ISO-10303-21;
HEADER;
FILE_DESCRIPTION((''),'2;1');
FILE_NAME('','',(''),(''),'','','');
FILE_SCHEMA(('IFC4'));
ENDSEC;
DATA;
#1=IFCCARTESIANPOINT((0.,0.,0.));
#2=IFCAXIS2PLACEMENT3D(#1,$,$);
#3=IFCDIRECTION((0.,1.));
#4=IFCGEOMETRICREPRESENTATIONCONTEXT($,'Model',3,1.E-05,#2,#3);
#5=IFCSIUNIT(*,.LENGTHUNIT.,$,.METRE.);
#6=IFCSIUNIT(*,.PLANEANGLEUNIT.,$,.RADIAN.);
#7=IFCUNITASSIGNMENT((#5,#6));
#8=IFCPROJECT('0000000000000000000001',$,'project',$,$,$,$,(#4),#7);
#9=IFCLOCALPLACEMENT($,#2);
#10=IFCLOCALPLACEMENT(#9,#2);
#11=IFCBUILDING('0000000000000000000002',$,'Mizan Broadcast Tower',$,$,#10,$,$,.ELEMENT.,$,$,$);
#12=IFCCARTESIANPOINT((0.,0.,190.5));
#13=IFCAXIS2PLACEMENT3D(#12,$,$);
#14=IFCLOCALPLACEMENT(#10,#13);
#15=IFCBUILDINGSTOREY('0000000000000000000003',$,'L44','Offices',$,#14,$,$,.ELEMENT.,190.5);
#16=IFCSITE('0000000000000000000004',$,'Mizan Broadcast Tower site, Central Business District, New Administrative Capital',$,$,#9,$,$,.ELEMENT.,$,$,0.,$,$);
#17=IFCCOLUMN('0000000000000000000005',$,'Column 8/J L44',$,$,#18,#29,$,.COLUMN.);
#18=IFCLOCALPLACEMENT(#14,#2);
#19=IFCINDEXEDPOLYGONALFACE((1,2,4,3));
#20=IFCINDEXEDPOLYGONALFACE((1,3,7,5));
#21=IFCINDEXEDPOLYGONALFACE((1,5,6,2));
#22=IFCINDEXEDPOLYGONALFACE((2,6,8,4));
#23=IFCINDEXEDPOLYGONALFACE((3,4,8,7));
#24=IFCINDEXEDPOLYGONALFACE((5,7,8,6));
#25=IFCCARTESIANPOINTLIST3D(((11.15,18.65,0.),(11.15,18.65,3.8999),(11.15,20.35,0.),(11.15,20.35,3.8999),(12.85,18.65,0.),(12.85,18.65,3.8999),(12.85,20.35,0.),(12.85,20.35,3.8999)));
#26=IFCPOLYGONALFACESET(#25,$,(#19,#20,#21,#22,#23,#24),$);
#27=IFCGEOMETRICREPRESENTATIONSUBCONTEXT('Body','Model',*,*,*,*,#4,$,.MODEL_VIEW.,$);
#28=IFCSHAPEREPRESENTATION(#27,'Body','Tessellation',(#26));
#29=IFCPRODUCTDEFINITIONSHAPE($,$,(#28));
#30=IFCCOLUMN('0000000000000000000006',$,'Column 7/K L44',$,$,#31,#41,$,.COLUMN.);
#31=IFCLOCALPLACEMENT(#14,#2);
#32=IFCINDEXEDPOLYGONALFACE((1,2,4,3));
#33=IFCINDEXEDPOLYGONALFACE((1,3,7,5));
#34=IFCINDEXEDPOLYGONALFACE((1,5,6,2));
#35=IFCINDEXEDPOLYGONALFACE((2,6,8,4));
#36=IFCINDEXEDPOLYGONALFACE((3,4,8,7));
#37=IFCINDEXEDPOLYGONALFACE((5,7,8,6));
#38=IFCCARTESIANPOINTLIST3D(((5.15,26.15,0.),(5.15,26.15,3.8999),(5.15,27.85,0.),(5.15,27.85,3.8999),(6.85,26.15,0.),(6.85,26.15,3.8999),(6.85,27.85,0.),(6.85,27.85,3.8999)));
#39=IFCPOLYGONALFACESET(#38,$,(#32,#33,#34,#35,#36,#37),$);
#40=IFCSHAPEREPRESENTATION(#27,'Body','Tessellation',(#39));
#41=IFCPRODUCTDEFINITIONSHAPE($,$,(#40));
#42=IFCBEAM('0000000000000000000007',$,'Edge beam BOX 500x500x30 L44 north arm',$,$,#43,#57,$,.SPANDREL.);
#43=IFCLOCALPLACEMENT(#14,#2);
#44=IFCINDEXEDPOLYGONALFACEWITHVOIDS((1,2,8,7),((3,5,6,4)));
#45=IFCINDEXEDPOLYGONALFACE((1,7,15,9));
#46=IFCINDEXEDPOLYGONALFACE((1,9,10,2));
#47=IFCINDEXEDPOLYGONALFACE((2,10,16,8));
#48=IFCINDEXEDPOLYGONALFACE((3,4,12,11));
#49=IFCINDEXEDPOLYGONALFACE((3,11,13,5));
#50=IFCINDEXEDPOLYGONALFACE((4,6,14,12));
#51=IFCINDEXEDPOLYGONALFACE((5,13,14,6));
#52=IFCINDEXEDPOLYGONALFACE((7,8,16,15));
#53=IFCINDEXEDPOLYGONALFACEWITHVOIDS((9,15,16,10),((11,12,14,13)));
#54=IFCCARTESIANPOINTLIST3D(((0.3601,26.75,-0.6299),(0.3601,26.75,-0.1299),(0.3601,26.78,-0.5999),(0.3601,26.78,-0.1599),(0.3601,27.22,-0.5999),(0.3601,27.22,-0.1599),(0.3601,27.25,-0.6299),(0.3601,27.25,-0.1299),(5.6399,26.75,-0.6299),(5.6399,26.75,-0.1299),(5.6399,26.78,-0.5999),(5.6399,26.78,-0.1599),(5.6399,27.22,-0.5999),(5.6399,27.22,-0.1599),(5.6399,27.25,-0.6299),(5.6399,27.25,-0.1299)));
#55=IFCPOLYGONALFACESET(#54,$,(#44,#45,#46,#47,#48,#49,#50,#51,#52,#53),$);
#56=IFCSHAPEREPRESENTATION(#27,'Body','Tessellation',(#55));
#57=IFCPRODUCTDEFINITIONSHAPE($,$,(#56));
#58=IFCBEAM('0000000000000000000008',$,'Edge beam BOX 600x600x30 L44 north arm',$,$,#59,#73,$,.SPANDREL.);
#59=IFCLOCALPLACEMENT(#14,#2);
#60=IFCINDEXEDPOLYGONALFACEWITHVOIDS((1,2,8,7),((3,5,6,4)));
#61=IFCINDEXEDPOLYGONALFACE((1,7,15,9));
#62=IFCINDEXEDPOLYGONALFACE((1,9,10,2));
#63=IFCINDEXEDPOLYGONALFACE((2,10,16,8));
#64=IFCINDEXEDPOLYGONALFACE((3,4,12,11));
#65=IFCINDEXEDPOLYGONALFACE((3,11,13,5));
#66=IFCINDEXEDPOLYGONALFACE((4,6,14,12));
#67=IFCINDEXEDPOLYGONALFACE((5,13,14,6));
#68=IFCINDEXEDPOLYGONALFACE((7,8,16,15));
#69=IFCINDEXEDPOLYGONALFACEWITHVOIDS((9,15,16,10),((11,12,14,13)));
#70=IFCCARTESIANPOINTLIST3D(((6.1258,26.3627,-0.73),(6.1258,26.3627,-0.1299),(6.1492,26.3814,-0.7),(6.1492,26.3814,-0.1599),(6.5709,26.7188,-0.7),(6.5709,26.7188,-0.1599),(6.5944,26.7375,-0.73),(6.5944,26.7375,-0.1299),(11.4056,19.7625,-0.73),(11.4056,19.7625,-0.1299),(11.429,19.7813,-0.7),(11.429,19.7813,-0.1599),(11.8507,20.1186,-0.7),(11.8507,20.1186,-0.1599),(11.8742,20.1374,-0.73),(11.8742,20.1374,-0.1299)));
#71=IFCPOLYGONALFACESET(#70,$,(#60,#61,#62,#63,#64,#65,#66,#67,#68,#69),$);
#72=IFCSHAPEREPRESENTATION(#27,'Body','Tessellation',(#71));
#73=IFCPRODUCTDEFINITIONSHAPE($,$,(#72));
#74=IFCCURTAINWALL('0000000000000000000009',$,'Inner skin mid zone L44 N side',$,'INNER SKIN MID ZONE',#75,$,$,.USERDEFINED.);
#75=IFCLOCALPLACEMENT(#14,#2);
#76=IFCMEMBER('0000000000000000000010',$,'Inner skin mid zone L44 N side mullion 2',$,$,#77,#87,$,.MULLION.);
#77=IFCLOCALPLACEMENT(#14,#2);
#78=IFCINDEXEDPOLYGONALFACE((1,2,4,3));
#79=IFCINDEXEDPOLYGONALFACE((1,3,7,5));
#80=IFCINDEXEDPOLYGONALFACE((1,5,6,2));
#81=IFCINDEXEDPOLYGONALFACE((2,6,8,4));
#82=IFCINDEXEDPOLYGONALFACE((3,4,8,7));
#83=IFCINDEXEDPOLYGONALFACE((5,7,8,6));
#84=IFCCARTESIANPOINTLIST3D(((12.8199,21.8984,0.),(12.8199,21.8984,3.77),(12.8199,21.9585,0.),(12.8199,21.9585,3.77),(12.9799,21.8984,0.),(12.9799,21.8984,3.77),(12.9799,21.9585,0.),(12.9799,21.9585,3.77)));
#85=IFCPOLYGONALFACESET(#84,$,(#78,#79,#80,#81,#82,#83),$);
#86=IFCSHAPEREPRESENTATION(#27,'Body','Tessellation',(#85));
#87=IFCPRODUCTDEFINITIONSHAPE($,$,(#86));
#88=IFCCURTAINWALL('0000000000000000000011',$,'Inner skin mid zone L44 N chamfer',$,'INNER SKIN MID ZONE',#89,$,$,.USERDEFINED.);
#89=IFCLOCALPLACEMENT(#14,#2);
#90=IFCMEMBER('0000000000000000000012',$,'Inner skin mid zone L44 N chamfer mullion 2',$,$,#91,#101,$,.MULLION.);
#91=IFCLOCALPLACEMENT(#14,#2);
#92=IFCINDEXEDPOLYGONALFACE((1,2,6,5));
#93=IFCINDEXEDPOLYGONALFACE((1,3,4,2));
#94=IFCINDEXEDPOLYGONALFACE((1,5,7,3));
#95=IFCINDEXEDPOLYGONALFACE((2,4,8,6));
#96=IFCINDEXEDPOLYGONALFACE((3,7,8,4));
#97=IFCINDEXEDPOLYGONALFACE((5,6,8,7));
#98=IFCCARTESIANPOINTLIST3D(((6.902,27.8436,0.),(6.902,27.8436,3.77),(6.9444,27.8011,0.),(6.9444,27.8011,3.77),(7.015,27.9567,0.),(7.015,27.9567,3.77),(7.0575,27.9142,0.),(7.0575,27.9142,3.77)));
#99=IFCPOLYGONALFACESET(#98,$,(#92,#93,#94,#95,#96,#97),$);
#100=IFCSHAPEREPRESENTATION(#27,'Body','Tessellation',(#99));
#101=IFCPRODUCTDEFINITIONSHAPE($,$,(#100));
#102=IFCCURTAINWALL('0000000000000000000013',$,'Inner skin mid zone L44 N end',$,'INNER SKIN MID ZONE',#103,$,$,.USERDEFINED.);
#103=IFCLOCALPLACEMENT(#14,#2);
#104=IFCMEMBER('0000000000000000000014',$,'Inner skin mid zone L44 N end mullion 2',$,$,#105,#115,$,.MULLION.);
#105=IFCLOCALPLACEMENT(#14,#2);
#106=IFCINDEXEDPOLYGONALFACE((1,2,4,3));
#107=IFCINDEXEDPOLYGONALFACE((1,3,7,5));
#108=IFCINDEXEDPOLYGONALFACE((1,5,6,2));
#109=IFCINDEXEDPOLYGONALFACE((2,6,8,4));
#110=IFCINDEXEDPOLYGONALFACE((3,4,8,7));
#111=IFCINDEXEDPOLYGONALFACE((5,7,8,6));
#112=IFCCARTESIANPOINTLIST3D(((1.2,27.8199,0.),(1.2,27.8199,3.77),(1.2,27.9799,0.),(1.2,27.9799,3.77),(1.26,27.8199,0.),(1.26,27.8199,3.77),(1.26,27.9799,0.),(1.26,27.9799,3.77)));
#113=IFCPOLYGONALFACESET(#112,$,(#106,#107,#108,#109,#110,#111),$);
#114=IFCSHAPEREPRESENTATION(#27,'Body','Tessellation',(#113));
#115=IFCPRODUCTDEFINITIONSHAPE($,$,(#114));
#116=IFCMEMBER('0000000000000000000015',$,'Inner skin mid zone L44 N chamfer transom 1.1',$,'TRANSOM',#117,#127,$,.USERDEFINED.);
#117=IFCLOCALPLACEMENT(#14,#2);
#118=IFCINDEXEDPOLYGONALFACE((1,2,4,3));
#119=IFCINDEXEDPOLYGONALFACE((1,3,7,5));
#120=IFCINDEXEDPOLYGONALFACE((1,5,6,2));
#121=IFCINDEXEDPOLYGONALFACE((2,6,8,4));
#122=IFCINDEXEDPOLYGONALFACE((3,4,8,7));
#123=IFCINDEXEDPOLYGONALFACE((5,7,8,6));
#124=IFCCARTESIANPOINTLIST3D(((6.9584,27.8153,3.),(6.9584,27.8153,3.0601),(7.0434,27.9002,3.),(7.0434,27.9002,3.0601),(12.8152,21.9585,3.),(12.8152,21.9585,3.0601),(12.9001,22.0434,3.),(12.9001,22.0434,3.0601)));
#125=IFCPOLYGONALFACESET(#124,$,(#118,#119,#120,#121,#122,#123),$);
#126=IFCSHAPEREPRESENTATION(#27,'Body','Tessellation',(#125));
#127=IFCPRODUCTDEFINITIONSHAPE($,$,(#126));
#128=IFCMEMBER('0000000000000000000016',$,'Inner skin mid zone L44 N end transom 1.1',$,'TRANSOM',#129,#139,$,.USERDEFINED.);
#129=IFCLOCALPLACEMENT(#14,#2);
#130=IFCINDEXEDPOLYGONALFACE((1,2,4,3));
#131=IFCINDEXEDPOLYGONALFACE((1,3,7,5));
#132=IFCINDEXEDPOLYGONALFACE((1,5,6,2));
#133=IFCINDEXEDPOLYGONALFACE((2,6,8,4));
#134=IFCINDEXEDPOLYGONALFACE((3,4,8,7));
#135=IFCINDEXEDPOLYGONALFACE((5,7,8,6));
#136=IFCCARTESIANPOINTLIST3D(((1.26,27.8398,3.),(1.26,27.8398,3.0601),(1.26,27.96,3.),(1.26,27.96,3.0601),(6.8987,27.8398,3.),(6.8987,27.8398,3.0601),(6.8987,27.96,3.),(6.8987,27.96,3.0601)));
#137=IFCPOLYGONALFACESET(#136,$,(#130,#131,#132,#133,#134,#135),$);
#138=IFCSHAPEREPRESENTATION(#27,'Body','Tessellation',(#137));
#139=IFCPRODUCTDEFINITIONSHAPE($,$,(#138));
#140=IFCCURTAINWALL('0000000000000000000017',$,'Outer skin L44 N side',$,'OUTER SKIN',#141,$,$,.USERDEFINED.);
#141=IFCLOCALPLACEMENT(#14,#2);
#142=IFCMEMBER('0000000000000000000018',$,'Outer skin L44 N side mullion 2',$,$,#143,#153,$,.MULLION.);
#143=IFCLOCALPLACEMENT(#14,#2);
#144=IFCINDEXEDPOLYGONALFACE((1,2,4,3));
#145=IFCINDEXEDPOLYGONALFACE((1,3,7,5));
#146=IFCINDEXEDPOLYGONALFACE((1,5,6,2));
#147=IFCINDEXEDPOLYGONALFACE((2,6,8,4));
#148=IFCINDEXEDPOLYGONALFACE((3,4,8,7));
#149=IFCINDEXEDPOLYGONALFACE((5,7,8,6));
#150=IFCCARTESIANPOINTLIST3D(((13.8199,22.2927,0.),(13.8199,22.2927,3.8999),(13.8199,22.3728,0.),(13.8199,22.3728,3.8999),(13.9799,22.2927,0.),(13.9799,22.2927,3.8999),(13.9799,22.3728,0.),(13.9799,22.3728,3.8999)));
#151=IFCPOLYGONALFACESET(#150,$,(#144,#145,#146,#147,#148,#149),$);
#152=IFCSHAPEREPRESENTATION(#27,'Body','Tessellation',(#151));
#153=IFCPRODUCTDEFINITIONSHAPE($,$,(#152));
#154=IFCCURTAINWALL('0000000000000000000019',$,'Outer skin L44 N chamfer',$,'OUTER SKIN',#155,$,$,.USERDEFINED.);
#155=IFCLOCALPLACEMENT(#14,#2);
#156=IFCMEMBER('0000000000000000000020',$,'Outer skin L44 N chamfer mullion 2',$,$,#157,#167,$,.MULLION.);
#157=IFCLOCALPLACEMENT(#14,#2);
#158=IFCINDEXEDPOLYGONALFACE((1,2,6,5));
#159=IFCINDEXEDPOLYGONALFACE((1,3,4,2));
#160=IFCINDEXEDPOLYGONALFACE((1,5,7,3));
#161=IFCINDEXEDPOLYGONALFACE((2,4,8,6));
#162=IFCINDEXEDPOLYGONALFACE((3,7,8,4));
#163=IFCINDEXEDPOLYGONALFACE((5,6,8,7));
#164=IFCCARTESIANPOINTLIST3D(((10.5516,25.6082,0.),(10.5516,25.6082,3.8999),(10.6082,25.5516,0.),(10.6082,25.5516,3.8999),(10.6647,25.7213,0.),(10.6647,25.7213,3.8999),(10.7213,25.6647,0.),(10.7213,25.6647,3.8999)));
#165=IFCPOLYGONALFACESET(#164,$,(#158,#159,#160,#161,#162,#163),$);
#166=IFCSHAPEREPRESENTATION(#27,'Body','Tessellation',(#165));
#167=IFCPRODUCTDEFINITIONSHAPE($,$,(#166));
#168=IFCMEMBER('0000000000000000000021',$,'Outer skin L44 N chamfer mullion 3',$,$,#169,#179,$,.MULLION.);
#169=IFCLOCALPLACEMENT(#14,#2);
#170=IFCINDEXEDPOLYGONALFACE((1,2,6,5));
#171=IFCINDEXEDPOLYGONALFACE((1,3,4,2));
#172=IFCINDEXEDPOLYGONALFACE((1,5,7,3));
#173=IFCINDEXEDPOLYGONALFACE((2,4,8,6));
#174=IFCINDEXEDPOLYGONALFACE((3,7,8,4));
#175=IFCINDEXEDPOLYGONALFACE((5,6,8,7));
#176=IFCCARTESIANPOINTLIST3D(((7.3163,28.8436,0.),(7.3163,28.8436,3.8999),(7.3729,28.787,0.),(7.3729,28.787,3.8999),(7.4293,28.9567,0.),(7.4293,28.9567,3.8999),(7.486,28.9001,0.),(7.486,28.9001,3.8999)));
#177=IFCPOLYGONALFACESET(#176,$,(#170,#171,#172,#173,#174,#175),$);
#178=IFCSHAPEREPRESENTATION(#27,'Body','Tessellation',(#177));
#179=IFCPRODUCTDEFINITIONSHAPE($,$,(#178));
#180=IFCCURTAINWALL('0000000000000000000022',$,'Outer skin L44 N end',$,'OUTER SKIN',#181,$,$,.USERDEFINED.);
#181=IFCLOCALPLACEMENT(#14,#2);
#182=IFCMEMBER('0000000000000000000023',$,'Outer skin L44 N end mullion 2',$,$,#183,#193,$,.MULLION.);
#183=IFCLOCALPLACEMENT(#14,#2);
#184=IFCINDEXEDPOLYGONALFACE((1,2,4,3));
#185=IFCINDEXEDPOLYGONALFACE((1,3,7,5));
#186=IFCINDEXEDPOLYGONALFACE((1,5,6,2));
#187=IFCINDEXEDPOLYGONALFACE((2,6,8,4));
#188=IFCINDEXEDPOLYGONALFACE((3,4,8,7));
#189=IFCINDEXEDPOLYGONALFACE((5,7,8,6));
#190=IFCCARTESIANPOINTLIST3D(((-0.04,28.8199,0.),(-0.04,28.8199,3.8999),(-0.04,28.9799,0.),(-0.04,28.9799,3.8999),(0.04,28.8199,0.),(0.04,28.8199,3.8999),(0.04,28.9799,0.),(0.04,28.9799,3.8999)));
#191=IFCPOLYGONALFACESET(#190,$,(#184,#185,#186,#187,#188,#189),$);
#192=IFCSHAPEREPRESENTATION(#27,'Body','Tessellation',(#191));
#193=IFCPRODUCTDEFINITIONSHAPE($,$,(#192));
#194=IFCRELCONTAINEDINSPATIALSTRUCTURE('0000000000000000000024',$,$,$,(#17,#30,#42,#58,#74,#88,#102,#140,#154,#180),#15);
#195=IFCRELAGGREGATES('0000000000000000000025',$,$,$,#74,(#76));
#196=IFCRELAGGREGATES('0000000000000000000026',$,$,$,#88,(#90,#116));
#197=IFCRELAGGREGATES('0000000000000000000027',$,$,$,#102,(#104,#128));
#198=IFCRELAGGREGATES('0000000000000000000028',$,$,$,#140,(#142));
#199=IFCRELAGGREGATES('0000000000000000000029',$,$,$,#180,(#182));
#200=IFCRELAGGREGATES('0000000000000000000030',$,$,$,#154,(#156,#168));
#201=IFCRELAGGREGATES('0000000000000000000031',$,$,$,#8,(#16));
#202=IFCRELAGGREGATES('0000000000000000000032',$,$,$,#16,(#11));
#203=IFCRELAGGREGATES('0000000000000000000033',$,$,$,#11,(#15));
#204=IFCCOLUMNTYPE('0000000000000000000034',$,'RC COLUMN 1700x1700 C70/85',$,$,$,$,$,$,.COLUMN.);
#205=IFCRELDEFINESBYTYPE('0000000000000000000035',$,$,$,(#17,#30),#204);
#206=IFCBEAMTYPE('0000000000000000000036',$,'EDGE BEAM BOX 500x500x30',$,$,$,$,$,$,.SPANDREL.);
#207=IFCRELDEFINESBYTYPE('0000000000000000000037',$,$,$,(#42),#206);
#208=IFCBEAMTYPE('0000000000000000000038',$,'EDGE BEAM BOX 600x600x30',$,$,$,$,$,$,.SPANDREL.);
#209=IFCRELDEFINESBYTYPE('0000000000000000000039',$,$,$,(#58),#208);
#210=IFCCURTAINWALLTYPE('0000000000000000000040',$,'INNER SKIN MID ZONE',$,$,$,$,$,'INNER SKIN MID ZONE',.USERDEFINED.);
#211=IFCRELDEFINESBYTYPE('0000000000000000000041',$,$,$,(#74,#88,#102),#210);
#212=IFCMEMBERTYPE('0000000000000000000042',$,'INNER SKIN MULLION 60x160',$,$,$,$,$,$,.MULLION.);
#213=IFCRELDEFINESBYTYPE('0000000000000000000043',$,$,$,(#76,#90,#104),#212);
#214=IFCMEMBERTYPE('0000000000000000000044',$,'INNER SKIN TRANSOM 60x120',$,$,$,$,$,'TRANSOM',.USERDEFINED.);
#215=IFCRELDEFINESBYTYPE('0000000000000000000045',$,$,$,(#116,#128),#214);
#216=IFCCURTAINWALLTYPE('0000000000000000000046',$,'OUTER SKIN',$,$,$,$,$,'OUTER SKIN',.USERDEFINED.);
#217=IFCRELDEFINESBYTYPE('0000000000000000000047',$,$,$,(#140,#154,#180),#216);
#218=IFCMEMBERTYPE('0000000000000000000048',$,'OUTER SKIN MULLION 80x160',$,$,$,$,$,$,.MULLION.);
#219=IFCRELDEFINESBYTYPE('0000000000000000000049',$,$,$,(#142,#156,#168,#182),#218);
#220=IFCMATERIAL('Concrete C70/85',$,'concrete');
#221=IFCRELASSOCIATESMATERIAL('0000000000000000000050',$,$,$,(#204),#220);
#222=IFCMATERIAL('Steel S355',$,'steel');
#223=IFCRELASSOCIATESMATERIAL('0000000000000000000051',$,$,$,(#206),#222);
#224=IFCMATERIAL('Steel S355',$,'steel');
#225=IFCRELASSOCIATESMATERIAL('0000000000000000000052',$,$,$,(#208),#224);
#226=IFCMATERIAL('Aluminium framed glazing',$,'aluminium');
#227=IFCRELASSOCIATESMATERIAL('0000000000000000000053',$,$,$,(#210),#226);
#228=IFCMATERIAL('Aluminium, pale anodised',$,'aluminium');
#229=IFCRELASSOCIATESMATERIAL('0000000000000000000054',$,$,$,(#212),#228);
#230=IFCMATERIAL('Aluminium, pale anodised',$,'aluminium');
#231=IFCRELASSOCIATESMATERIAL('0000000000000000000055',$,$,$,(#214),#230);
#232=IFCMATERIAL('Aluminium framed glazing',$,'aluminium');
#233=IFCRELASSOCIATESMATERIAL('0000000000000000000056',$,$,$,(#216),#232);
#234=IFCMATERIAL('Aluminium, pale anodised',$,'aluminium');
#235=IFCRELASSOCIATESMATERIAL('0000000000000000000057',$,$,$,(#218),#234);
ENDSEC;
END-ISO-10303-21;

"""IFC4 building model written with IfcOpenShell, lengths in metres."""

from ifc_helpers import new_model, si_unit, direction, frame, origin, origin_2d, place, context, subcontext, project, spatial, rectangle, hollow_rectangle, extrude, material, material_profile, profile_set, type_object, element, aggregate, save


model = new_model("IFC4")

# Units and contexts
model_context = context("Model", 3, precision=1e-05, world=origin(), true_north=direction((0.0, 1.0)))
body_context = subcontext(model_context, "Body", "Model", "MODEL_VIEW")
ifc_project = project(units=[si_unit("LENGTHUNIT", "METRE"), si_unit("PLANEANGLEUNIT", "RADIAN")], contexts=[model_context])

# Site, building, storey
site_placement = place(None, origin())
site = spatial("IfcSite", under=ifc_project, at=site_placement, Name="Mizan Broadcast Tower site, Central Business District, New Administrative Capital", CompositionType="ELEMENT", RefElevation=0.0)
building_placement = place(site_placement, origin())
building = spatial("IfcBuilding", under=site, at=building_placement, Name="Mizan Broadcast Tower", CompositionType="ELEMENT")
storey_placement = place(building_placement, frame((0.0, 0.0, 190.5)))
storey = spatial("IfcBuildingStorey", under=building, at=storey_placement, Name="L44", Description="Offices", CompositionType="ELEMENT", Elevation=190.5)

# Columns
ifc_material_1 = material(Name="Concrete C70/85", Category="concrete")
ifc_material_profile_1 = material_profile(ifc_material_1, rectangle(XDim=1.7, YDim=1.7, at=origin_2d()), Name="RC 1700x1700")
ifc_profile_set_1 = profile_set([ifc_material_profile_1], Name="Concrete C70/85")
column_type = type_object("IfcColumnType", Name="RC COLUMN 1700x1700 C70/85", PredefinedType="COLUMN", material=ifc_profile_set_1)
for number, where, z_axis, x_axis, name in (
    (1, (12.0, 19.5, 0.0), (0.0, 0.0, 1.0), (1.0, 0.0, 0.0), "Column 8/J L44"),
    (2, (6.0, 27.0, 0.0), (0.0, 0.0, 1.0), (1.0, 0.0, 0.0), "Column 7/K L44"),
):
    element("IfcColumn", number, at=place(storey_placement, frame(where, z_axis=z_axis, x_axis=x_axis)), inside=storey, type_object=column_type, Name=name, PredefinedType="COLUMN", context=body_context, shape_type="SweptSolid", body=[
        extrude(rectangle(XDim=1.7, YDim=1.7, at=origin_2d()), origin(), (0.0, 0.0, 1.0), 3.8999),
    ])

# Beams
ifc_material_2 = material(Name="Steel S355", Category="steel")
ifc_material_profile_2 = material_profile(ifc_material_2, hollow_rectangle(XDim=0.5, YDim=0.5, WallThickness=0.03, at=origin_2d()), Name="BOX 500x500x30")
ifc_profile_set_2 = profile_set([ifc_material_profile_2], Name="Steel S355")
beam_type_1 = type_object("IfcBeamType", Name="EDGE BEAM BOX 500x500x30", PredefinedType="SPANDREL", material=ifc_profile_set_2)
beam_1_placement = place(storey_placement, frame((5.6399, 27.0, -0.3799), z_axis=(-1.0, 0.0, 0.0), x_axis=(0.0, -1.0, 0.0)))
element("IfcBeam", 3, at=beam_1_placement, inside=storey, type_object=beam_type_1, Name="Edge beam BOX 500x500x30 L44 north arm", PredefinedType="SPANDREL", context=body_context, shape_type="SweptSolid", body=[
    extrude(hollow_rectangle(XDim=0.5, YDim=0.5, WallThickness=0.03, at=origin_2d()), origin(), (0.0, 0.0, 1.0), 5.2798),
])
ifc_material_3 = material(Name="Steel S355", Category="steel")
ifc_material_profile_3 = material_profile(ifc_material_3, hollow_rectangle(XDim=0.6001, YDim=0.6001, WallThickness=0.03, at=origin_2d()), Name="BOX 600x600x30")
ifc_profile_set_3 = profile_set([ifc_material_profile_3], Name="Steel S355")
beam_type_2 = type_object("IfcBeamType", Name="EDGE BEAM BOX 600x600x30", PredefinedType="SPANDREL", material=ifc_profile_set_3)
beam_2_placement = place(storey_placement, frame((11.6399, 19.95, -0.4299), z_axis=(-0.624674, 0.780886, 0.0), x_axis=(-0.780886, -0.624674, 0.0)))
element("IfcBeam", 4, at=beam_2_placement, inside=storey, type_object=beam_type_2, Name="Edge beam BOX 600x600x30 L44 north arm", PredefinedType="SPANDREL", context=body_context, shape_type="SweptSolid", body=[
    extrude(hollow_rectangle(XDim=0.6001, YDim=0.6001, WallThickness=0.03, at=origin_2d()), origin(), (0.0, 0.0, 1.0), 8.4521),
])

# Curtain walls, members
ifc_material_4 = material(Name="Aluminium framed glazing", Category="aluminium")
curtain_wall_type_1 = type_object("IfcCurtainWallType", Name="INNER SKIN MID ZONE", ElementType="INNER SKIN MID ZONE", PredefinedType="USERDEFINED", material=ifc_material_4)
curtain_wall_1_placement = place(storey_placement, origin())
curtain_wall_1 = element("IfcCurtainWall", 5, at=curtain_wall_1_placement, inside=storey, type_object=curtain_wall_type_1, Name="Inner skin mid zone L44 N side", ObjectType="INNER SKIN MID ZONE", PredefinedType="USERDEFINED")
ifc_material_5 = material(Name="Aluminium, pale anodised", Category="aluminium")
ifc_material_profile_4 = material_profile(ifc_material_5, rectangle(XDim=0.1599, YDim=0.0601, at=origin_2d()), Name="MULLION 160x60")
ifc_profile_set_4 = profile_set([ifc_material_profile_4], Name="Aluminium, pale anodised")
member_type_1 = type_object("IfcMemberType", Name="INNER SKIN MULLION 60x160", PredefinedType="MULLION", material=ifc_profile_set_4)
member_1_placement = place(storey_placement, frame((12.8999, 21.9285, 0.0), z_axis=(0.0, 0.0, 1.0), x_axis=(-1.0, 0.0, 0.0)))
member_1 = element("IfcMember", 6, at=member_1_placement, type_object=member_type_1, Name="Inner skin mid zone L44 N side mullion 2", PredefinedType="MULLION", context=body_context, shape_type="SweptSolid", body=[
    extrude(rectangle(XDim=0.1599, YDim=0.0601, at=origin_2d()), origin(), (0.0, 0.0, 1.0), 3.77),
])
curtain_wall_2_placement = place(storey_placement, origin())
curtain_wall_2 = element("IfcCurtainWall", 7, at=curtain_wall_2_placement, inside=storey, type_object=curtain_wall_type_1, Name="Inner skin mid zone L44 N chamfer", ObjectType="INNER SKIN MID ZONE", PredefinedType="USERDEFINED")
member_2_placement = place(storey_placement, frame((6.9797, 27.8789, 0.0), z_axis=(0.0, 0.0, 1.0), x_axis=(-0.707107, -0.707107, 0.0)))
member_2 = element("IfcMember", 8, at=member_2_placement, type_object=member_type_1, Name="Inner skin mid zone L44 N chamfer mullion 2", PredefinedType="MULLION", context=body_context, shape_type="SweptSolid", body=[
    extrude(rectangle(XDim=0.1599, YDim=0.0601, at=origin_2d()), origin(), (0.0, 0.0, 1.0), 3.77),
])
curtain_wall_3_placement = place(storey_placement, origin())
curtain_wall_3 = element("IfcCurtainWall", 9, at=curtain_wall_3_placement, inside=storey, type_object=curtain_wall_type_1, Name="Inner skin mid zone L44 N end", ObjectType="INNER SKIN MID ZONE", PredefinedType="USERDEFINED")
member_3_placement = place(storey_placement, frame((1.23, 27.8999, 0.0), z_axis=(0.0, 0.0, 1.0), x_axis=(0.0, -1.0, 0.0)))
member_3 = element("IfcMember", 10, at=member_3_placement, type_object=member_type_1, Name="Inner skin mid zone L44 N end mullion 2", PredefinedType="MULLION", context=body_context, shape_type="SweptSolid", body=[
    extrude(rectangle(XDim=0.1599, YDim=0.0601, at=origin_2d()), origin(), (0.0, 0.0, 1.0), 3.77),
])

# Members
ifc_material_6 = material(Name="Aluminium, pale anodised", Category="aluminium")
ifc_material_profile_5 = material_profile(ifc_material_6, rectangle(XDim=0.1201, YDim=0.0601, at=origin_2d()), Name="TRANSOM 120x60")
ifc_profile_set_5 = profile_set([ifc_material_profile_5], Name="Aluminium, pale anodised")
member_type_2 = type_object("IfcMemberType", Name="INNER SKIN TRANSOM 60x120", ElementType="TRANSOM", PredefinedType="USERDEFINED", material=ifc_profile_set_5)
member_4_placement = place(storey_placement, frame((12.8577, 22.001, 3.03), z_axis=(-0.707107, 0.707107, 0.0), x_axis=(-0.707107, -0.707107, 0.0)))
member_4 = element("IfcMember", 11, at=member_4_placement, type_object=member_type_2, Name="Inner skin mid zone L44 N chamfer transom 1.1", ObjectType="TRANSOM", PredefinedType="USERDEFINED", context=body_context, shape_type="SweptSolid", body=[
    extrude(rectangle(XDim=0.1201, YDim=0.0601, at=origin_2d()), origin(), (0.0, 0.0, 1.0), 8.2827),
])
member_5_placement = place(storey_placement, frame((6.8987, 27.8999, 3.03), z_axis=(-1.0, 0.0, 0.0), x_axis=(0.0, -1.0, 0.0)))
member_5 = element("IfcMember", 12, at=member_5_placement, type_object=member_type_2, Name="Inner skin mid zone L44 N end transom 1.1", ObjectType="TRANSOM", PredefinedType="USERDEFINED", context=body_context, shape_type="SweptSolid", body=[
    extrude(rectangle(XDim=0.1201, YDim=0.0601, at=origin_2d()), origin(), (0.0, 0.0, 1.0), 5.6387),
])

# Curtain wall, member
ifc_material_7 = material(Name="Aluminium framed glazing", Category="aluminium")
curtain_wall_type_2 = type_object("IfcCurtainWallType", Name="OUTER SKIN", ElementType="OUTER SKIN", PredefinedType="USERDEFINED", material=ifc_material_7)
curtain_wall_4_placement = place(storey_placement, origin())
curtain_wall_4 = element("IfcCurtainWall", 13, at=curtain_wall_4_placement, inside=storey, type_object=curtain_wall_type_2, Name="Outer skin L44 N side", ObjectType="OUTER SKIN", PredefinedType="USERDEFINED")
ifc_material_8 = material(Name="Aluminium, pale anodised", Category="aluminium")
ifc_material_profile_6 = material_profile(ifc_material_8, rectangle(XDim=0.1599, YDim=0.0801, at=origin_2d()), Name="MULLION 160x80")
ifc_profile_set_6 = profile_set([ifc_material_profile_6], Name="Aluminium, pale anodised")
member_type_3 = type_object("IfcMemberType", Name="OUTER SKIN MULLION 80x160", PredefinedType="MULLION", material=ifc_profile_set_6)
member_6_placement = place(storey_placement, frame((13.8999, 22.3328, 0.0), z_axis=(0.0, 0.0, 1.0), x_axis=(-1.0, 0.0, 0.0)))
member_6 = element("IfcMember", 14, at=member_6_placement, type_object=member_type_3, Name="Outer skin L44 N side mullion 2", PredefinedType="MULLION", context=body_context, shape_type="SweptSolid", body=[
    extrude(rectangle(XDim=0.1599, YDim=0.0801, at=origin_2d()), origin(), (0.0, 0.0, 1.0), 3.8999),
])

# Curtain wall, members
curtain_wall_5_placement = place(storey_placement, origin())
curtain_wall_5 = element("IfcCurtainWall", 15, at=curtain_wall_5_placement, inside=storey, type_object=curtain_wall_type_2, Name="Outer skin L44 N chamfer", ObjectType="OUTER SKIN", PredefinedType="USERDEFINED")
member_7_placement = place(storey_placement, frame((10.6365, 25.6365, 0.0), z_axis=(0.0, 0.0, 1.0), x_axis=(-0.707107, -0.707107, 0.0)))
member_7 = element("IfcMember", 16, at=member_7_placement, type_object=member_type_3, Name="Outer skin L44 N chamfer mullion 2", PredefinedType="MULLION", context=body_context, shape_type="SweptSolid", body=[
    extrude(rectangle(XDim=0.1599, YDim=0.0801, at=origin_2d()), origin(), (0.0, 0.0, 1.0), 3.8999),
])
member_8_placement = place(storey_placement, frame((7.4011, 28.8718, 0.0), z_axis=(0.0, 0.0, 1.0), x_axis=(-0.707107, -0.707107, 0.0)))
member_8 = element("IfcMember", 17, at=member_8_placement, type_object=member_type_3, Name="Outer skin L44 N chamfer mullion 3", PredefinedType="MULLION", context=body_context, shape_type="SweptSolid", body=[
    extrude(rectangle(XDim=0.1599, YDim=0.0801, at=origin_2d()), origin(), (0.0, 0.0, 1.0), 3.8999),
])

# Curtain wall, member
curtain_wall_6_placement = place(storey_placement, origin())
curtain_wall_6 = element("IfcCurtainWall", 18, at=curtain_wall_6_placement, inside=storey, type_object=curtain_wall_type_2, Name="Outer skin L44 N end", ObjectType="OUTER SKIN", PredefinedType="USERDEFINED")
member_9_placement = place(storey_placement, frame((0.0, 28.8999, 0.0), z_axis=(0.0, 0.0, 1.0), x_axis=(0.0, -1.0, 0.0)))
member_9 = element("IfcMember", 19, at=member_9_placement, type_object=member_type_3, Name="Outer skin L44 N end mullion 2", PredefinedType="MULLION", context=body_context, shape_type="SweptSolid", body=[
    extrude(rectangle(XDim=0.1599, YDim=0.0801, at=origin_2d()), origin(), (0.0, 0.0, 1.0), 3.8999),
])

aggregate(curtain_wall_1, [member_1])
aggregate(curtain_wall_2, [member_2, member_4])
aggregate(curtain_wall_3, [member_3, member_5])
aggregate(curtain_wall_4, [member_6])
aggregate(curtain_wall_6, [member_9])
aggregate(curtain_wall_5, [member_7, member_8])

save(model, "model.ifc")
